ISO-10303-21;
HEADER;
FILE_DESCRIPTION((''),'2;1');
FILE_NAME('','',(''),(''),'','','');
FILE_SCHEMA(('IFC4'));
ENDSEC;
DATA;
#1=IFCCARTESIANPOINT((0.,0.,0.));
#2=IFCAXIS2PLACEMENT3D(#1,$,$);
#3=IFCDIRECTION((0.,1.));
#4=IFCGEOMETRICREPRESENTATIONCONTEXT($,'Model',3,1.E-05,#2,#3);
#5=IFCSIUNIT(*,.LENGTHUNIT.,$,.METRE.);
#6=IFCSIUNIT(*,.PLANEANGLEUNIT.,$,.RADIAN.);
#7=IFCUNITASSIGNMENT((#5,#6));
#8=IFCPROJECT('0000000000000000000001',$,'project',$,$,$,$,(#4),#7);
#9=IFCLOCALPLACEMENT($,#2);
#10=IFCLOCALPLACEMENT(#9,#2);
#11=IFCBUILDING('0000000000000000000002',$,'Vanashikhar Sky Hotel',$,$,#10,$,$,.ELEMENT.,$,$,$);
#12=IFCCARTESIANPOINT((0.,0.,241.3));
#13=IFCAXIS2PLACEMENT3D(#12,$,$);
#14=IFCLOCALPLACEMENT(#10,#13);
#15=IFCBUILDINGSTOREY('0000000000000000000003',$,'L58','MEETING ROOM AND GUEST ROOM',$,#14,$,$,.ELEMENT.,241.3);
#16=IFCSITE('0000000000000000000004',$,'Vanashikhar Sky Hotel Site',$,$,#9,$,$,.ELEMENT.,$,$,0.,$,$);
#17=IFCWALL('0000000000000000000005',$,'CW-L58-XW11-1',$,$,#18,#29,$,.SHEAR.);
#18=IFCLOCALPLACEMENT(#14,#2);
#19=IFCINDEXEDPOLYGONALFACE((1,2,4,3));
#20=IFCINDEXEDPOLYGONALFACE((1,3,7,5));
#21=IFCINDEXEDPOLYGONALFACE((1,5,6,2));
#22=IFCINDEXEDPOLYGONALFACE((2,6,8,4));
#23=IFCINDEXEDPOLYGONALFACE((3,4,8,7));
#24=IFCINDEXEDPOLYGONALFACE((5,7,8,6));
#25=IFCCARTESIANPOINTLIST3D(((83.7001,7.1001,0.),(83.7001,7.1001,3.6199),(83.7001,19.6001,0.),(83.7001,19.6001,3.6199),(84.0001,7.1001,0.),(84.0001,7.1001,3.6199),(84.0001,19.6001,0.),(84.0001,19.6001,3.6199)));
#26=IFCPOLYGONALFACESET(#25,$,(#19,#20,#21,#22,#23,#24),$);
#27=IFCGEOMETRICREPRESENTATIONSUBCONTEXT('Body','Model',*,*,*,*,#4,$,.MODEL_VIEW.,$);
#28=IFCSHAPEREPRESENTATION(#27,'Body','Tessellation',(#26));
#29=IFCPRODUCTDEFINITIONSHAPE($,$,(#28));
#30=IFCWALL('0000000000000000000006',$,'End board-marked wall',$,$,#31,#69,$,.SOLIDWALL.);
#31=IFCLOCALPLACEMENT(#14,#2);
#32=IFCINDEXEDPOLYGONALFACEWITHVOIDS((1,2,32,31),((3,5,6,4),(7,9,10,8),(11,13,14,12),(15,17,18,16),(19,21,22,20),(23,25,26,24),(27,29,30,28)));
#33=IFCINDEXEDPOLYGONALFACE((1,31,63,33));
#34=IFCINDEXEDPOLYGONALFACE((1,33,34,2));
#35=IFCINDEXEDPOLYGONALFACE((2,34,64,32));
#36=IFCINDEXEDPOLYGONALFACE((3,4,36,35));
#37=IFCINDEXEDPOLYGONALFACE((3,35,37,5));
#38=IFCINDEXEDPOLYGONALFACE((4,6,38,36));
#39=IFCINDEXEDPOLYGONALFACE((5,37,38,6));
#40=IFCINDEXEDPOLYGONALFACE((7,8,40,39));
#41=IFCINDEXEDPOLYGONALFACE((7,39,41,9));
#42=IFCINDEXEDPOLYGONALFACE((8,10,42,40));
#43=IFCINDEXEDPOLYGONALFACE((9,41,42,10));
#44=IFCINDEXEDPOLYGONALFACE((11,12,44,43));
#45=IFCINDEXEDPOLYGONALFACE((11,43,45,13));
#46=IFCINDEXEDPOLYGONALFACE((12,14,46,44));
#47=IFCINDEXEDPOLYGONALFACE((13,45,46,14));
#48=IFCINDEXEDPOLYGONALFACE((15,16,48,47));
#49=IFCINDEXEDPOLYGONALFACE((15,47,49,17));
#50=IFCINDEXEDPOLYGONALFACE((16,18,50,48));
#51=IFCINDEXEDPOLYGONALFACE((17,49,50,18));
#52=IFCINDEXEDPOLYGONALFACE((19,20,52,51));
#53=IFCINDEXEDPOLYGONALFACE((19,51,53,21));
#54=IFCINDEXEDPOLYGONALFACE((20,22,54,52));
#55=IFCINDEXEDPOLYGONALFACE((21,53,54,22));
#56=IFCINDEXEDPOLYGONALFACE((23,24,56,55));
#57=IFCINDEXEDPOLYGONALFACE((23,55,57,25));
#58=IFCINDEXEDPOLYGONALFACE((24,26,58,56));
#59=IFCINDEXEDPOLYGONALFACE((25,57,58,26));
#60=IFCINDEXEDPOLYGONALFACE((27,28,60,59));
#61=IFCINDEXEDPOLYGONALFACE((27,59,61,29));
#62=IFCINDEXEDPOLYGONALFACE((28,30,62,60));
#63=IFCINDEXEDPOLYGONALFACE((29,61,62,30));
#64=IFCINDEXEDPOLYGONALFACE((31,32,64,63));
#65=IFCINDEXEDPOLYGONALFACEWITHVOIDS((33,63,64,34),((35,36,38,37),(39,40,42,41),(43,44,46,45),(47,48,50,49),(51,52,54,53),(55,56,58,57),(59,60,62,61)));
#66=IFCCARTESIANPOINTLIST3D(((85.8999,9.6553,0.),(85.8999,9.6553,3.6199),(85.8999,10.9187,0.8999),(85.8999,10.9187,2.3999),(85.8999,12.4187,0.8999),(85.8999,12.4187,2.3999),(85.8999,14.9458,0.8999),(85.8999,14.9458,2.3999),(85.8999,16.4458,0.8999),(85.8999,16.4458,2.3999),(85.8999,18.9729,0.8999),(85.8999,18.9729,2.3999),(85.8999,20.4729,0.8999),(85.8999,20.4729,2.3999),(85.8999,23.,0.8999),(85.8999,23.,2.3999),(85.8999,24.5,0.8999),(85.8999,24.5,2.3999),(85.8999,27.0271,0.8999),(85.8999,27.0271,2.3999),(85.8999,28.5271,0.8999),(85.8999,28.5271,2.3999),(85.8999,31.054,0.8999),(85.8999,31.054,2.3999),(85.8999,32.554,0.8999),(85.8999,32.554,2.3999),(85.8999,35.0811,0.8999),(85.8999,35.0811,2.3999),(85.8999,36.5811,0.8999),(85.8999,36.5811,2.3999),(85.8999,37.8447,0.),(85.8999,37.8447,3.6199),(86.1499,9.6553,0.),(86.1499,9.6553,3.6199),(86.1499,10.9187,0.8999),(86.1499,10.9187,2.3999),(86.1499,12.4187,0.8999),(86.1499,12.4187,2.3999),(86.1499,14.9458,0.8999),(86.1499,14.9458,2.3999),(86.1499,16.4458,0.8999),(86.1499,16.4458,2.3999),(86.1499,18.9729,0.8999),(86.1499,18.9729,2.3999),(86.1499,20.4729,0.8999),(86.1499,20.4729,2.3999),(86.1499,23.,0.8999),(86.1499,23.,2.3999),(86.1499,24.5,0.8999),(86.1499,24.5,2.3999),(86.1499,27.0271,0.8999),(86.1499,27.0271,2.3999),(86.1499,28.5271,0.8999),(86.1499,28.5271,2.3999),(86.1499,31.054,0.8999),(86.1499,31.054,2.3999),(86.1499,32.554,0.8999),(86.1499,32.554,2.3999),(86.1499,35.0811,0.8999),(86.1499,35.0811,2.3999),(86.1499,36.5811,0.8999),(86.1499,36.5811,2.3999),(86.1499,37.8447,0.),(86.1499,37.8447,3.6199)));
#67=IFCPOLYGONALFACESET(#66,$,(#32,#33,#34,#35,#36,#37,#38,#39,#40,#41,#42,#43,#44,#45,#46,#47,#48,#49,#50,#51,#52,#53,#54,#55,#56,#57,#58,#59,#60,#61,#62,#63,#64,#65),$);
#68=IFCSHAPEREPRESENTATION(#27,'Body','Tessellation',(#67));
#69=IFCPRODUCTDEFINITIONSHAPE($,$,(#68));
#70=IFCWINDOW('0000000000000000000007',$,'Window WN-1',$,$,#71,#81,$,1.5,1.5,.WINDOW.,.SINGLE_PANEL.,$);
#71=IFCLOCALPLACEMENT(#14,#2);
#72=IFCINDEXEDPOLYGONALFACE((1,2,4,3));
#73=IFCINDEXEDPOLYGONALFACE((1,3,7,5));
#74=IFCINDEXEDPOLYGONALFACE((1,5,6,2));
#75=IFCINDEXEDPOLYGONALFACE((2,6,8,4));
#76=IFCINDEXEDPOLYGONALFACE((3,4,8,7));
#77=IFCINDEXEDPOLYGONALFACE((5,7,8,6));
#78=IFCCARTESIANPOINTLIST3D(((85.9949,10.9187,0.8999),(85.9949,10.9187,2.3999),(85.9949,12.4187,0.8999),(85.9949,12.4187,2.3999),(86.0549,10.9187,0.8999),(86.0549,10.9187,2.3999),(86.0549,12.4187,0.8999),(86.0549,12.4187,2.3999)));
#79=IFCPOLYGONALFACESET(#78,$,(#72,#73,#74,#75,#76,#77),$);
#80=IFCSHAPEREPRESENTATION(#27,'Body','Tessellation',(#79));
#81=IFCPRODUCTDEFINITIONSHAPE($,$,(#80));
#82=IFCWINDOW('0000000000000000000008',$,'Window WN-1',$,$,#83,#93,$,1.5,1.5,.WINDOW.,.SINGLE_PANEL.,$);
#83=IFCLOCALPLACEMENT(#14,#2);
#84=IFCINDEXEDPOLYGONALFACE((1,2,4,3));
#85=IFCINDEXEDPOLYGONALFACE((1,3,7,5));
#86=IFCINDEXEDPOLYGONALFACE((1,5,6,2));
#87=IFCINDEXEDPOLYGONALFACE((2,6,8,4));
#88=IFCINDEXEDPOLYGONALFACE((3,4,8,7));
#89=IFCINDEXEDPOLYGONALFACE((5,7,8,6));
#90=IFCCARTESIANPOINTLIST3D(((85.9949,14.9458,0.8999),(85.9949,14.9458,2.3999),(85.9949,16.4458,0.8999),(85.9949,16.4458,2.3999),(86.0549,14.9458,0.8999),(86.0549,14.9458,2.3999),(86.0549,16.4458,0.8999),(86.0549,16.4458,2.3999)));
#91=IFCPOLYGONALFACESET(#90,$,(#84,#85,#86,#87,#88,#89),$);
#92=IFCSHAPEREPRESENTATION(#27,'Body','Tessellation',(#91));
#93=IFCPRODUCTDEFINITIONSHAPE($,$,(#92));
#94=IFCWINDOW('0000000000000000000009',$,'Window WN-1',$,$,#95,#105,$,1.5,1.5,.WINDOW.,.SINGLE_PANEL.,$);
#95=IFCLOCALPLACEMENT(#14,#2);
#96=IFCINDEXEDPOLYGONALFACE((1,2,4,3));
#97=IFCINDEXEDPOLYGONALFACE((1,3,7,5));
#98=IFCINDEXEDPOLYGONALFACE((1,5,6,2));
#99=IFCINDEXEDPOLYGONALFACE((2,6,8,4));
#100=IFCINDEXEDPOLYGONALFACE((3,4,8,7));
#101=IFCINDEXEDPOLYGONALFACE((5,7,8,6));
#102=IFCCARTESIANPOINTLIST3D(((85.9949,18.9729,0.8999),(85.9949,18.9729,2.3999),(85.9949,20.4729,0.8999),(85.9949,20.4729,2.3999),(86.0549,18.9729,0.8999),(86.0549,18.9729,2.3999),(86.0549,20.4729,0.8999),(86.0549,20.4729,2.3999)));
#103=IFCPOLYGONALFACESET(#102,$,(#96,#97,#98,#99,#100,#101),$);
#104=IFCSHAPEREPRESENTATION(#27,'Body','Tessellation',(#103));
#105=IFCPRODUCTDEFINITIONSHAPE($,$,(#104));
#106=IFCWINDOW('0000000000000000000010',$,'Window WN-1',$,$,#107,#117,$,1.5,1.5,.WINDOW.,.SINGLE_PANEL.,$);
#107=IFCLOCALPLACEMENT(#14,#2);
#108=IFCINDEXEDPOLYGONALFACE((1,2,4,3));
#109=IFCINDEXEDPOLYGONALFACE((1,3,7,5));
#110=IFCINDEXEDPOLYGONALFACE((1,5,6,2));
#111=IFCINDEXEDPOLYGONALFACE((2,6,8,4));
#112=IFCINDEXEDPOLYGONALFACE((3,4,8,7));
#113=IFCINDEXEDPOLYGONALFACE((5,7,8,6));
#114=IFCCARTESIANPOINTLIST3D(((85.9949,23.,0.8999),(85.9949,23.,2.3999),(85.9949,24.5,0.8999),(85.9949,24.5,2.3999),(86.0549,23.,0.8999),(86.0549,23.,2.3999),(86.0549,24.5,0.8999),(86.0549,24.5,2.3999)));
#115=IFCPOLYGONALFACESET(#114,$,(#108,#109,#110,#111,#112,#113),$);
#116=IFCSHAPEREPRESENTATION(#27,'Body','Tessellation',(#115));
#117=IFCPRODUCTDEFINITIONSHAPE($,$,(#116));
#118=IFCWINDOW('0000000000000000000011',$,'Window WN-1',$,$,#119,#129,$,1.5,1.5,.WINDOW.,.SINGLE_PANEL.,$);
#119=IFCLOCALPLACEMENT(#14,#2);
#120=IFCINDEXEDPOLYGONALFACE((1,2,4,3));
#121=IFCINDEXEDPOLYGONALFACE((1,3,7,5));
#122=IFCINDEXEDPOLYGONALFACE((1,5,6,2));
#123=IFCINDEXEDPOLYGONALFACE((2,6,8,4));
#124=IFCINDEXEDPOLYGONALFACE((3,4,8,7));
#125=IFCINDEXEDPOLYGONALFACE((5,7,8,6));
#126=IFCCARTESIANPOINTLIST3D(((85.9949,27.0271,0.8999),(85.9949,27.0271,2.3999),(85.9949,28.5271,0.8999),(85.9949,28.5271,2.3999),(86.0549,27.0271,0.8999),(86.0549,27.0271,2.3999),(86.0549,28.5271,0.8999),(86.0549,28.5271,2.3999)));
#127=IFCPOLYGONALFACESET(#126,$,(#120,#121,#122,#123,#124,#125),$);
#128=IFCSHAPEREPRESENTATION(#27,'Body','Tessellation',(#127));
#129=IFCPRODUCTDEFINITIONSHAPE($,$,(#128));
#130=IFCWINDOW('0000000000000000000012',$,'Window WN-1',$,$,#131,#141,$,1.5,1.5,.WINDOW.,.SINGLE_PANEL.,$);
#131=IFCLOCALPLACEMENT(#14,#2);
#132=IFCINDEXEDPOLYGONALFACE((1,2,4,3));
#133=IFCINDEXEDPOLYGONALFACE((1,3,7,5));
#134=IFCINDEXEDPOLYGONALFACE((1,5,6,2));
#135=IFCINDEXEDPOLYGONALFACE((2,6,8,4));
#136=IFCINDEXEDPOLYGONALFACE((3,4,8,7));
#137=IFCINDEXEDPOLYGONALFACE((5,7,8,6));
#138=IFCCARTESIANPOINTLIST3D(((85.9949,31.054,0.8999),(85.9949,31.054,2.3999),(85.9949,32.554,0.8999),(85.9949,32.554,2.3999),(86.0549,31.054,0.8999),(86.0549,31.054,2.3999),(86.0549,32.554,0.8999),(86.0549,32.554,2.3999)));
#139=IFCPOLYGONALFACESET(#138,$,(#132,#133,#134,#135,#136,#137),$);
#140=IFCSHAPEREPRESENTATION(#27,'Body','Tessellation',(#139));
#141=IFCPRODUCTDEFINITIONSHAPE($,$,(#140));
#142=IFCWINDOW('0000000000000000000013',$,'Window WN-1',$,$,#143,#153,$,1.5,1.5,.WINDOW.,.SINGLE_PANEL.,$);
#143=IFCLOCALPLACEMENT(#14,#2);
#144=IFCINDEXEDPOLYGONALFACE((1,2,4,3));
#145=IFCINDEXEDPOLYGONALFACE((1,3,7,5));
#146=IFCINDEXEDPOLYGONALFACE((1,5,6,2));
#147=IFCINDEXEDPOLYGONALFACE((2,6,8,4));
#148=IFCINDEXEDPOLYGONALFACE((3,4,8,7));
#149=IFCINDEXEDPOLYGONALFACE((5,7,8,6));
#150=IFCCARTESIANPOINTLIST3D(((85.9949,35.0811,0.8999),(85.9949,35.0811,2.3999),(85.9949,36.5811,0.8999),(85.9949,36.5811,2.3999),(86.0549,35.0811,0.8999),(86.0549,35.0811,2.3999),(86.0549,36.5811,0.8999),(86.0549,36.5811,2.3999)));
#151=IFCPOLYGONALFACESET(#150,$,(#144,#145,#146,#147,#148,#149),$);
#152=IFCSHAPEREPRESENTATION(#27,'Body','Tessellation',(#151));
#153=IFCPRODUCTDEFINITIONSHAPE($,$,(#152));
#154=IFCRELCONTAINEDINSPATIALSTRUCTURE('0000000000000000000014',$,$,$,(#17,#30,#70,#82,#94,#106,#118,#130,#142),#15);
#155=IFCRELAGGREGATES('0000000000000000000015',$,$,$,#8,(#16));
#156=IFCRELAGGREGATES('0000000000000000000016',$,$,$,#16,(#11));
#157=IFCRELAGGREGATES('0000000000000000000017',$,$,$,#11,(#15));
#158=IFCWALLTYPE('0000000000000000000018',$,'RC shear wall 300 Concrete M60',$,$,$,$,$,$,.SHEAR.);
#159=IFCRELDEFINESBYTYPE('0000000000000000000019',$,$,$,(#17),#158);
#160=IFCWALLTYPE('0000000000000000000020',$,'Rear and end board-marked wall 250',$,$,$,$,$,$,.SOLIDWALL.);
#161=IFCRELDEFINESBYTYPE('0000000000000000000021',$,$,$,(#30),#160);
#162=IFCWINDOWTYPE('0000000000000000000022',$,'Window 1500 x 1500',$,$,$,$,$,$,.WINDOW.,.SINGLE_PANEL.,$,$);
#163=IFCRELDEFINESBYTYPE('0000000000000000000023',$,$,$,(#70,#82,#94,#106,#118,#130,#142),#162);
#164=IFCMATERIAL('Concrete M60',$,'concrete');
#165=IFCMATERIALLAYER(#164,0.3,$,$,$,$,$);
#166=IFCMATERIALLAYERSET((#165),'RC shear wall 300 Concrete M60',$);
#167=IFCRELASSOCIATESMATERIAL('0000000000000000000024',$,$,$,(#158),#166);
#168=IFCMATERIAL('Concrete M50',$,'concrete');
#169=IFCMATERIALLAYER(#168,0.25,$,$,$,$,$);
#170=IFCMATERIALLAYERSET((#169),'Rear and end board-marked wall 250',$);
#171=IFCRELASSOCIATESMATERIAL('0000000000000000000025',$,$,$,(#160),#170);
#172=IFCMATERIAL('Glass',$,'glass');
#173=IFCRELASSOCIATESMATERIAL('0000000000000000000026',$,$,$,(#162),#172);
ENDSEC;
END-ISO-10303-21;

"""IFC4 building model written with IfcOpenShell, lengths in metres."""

from ifc_helpers import new_model, si_unit, direction, frame, frame_2d, origin, place, context, subcontext, project, spatial, rectangle, extrude, source, transform, mapped, material, layer, layer_set, type_object, element, fill, save


model = new_model("IFC4")

# Units and contexts
model_context = context("Model", 3, precision=1e-05, world=origin(), true_north=direction((0.0, 1.0)))
body_context = subcontext(model_context, "Body", "Model", "MODEL_VIEW")
ifc_project = project(units=[si_unit("LENGTHUNIT", "METRE"), si_unit("PLANEANGLEUNIT", "RADIAN")], contexts=[model_context])

# Site, building, storey
site_placement = place(None, origin())
site = spatial("IfcSite", under=ifc_project, at=site_placement, Name="Vanashikhar Sky Hotel Site", CompositionType="ELEMENT", RefElevation=0.0)
building_placement = place(site_placement, origin())
building = spatial("IfcBuilding", under=site, at=building_placement, Name="Vanashikhar Sky Hotel", CompositionType="ELEMENT")
storey_placement = place(building_placement, frame((0.0, 0.0, 241.3)))
storey = spatial("IfcBuildingStorey", under=building, at=storey_placement, Name="L58", Description="MEETING ROOM AND GUEST ROOM", CompositionType="ELEMENT", Elevation=241.3)

# Wall
ifc_material_1 = material(Name="Concrete M60", Category="concrete")
ifc_layer_1 = layer(ifc_material_1, 0.3)
ifc_layer_set_1 = layer_set([ifc_layer_1], Name="RC shear wall 300 Concrete M60")
wall_type_1 = type_object("IfcWallType", Name="RC shear wall 300 Concrete M60", PredefinedType="SHEAR", material=ifc_layer_set_1)
shared_shape_1 = source(origin(), body_context, "Body", "SweptSolid", [
    extrude(rectangle(XDim=12.5, YDim=0.3, at=frame_2d((6.25, 0.0))), origin(), (0.0, 0.0, 1.0), 3.6199),
])
wall_1_placement = place(storey_placement, frame((83.8501, 7.1001, 0.0), z_axis=(0.0, 0.0, 1.0), x_axis=(0.0, 1.0, 0.0)))
element("IfcWall", 1, at=wall_1_placement, inside=storey, type_object=wall_type_1, Name="CW-L58-XW11-1", PredefinedType="SHEAR", context=body_context, shape_type="MappedRepresentation", body=[
    mapped(shared_shape_1, transform((0.0, 0.0, 0.0), scale=1.0)),
])

# Wall, openings, windows
ifc_material_2 = material(Name="Concrete M50", Category="concrete")
ifc_layer_2 = layer(ifc_material_2, 0.25)
ifc_layer_set_2 = layer_set([ifc_layer_2], Name="Rear and end board-marked wall 250")
wall_type_2 = type_object("IfcWallType", Name="Rear and end board-marked wall 250", PredefinedType="SOLIDWALL", material=ifc_layer_set_2)
shared_shape_2 = source(origin(), body_context, "Body", "SweptSolid", [
    extrude(rectangle(XDim=28.1895, YDim=0.25, at=frame_2d((14.0947, 0.0))), origin(), (0.0, 0.0, 1.0), 3.6199),
])
wall_2_placement = place(storey_placement, frame((86.0249, 9.6553, 0.0), z_axis=(0.0, 0.0, 1.0), x_axis=(0.0, 1.0, 0.0)))
wall_2 = element("IfcWall", 2, at=wall_2_placement, inside=storey, type_object=wall_type_2, Name="End board-marked wall", PredefinedType="SOLIDWALL", context=body_context, shape_type="MappedRepresentation", body=[
    mapped(shared_shape_2, transform((0.0, 0.0, 0.0), scale=1.0)),
])
shared_shape_3 = source(origin(), body_context, "Body", "SweptSolid", [
    extrude(rectangle(XDim=1.5, YDim=1.5, at=frame_2d((0.75, 0.75))), frame((0.0, 0.135, 0.0), z_axis=(0.0, -1.0, 0.0), x_axis=(1.0, 0.0, 0.0)), (0.0, 0.0, 1.0), 0.27),
])
opening_1_placement = place(wall_2_placement, frame((1.2634, 0.0, 0.8999)))
opening_1 = element("IfcOpeningElement", 3, at=opening_1_placement, cuts=wall_2, PredefinedType="OPENING", context=body_context, shape_type="MappedRepresentation", body=[
    mapped(shared_shape_3, transform((0.0, 0.0, 0.0), scale=1.0)),
])
opening_2_placement = place(wall_2_placement, frame((5.2905, 0.0, 0.8999)))
opening_2 = element("IfcOpeningElement", 4, at=opening_2_placement, cuts=wall_2, PredefinedType="OPENING", context=body_context, shape_type="MappedRepresentation", body=[
    mapped(shared_shape_3, transform((0.0, 0.0, 0.0), scale=1.0)),
])
opening_3_placement = place(wall_2_placement, frame((9.3176, 0.0, 0.8999)))
opening_3 = element("IfcOpeningElement", 5, at=opening_3_placement, cuts=wall_2, PredefinedType="OPENING", context=body_context, shape_type="MappedRepresentation", body=[
    mapped(shared_shape_3, transform((0.0, 0.0, 0.0), scale=1.0)),
])
opening_4_placement = place(wall_2_placement, frame((13.3447, 0.0, 0.8999)))
opening_4 = element("IfcOpeningElement", 6, at=opening_4_placement, cuts=wall_2, PredefinedType="OPENING", context=body_context, shape_type="MappedRepresentation", body=[
    mapped(shared_shape_3, transform((0.0, 0.0, 0.0), scale=1.0)),
])
opening_5_placement = place(wall_2_placement, frame((17.3718, 0.0, 0.8999)))
opening_5 = element("IfcOpeningElement", 7, at=opening_5_placement, cuts=wall_2, PredefinedType="OPENING", context=body_context, shape_type="MappedRepresentation", body=[
    mapped(shared_shape_3, transform((0.0, 0.0, 0.0), scale=1.0)),
])
opening_6_placement = place(wall_2_placement, frame((21.3987, 0.0, 0.8999)))
opening_6 = element("IfcOpeningElement", 8, at=opening_6_placement, cuts=wall_2, PredefinedType="OPENING", context=body_context, shape_type="MappedRepresentation", body=[
    mapped(shared_shape_3, transform((0.0, 0.0, 0.0), scale=1.0)),
])
opening_7_placement = place(wall_2_placement, frame((25.4258, 0.0, 0.8999)))
opening_7 = element("IfcOpeningElement", 9, at=opening_7_placement, cuts=wall_2, PredefinedType="OPENING", context=body_context, shape_type="MappedRepresentation", body=[
    mapped(shared_shape_3, transform((0.0, 0.0, 0.0), scale=1.0)),
])
ifc_material_3 = material(Name="Glass", Category="glass")
window_type = type_object("IfcWindowType", Name="Window 1500 x 1500", PartitioningType="SINGLE_PANEL", PredefinedType="WINDOW", material=ifc_material_3)
shared_shape_4 = source(origin(), body_context, "Body", "SweptSolid", [
    extrude(rectangle(XDim=1.5, YDim=1.5, at=frame_2d((0.75, 0.75))), frame((0.0, 0.03, 0.0), z_axis=(0.0, -1.0, 0.0), x_axis=(1.0, 0.0, 0.0)), (0.0, 0.0, 1.0), 0.0601),
])
window_1_placement = place(opening_1_placement, origin())
window_1 = element("IfcWindow", 10, at=window_1_placement, inside=storey, type_object=window_type, Name="Window WN-1", OverallHeight=1.5, OverallWidth=1.5, PartitioningType="SINGLE_PANEL", PredefinedType="WINDOW", context=body_context, shape_type="MappedRepresentation", body=[
    mapped(shared_shape_4, transform((0.0, 0.0, 0.0), scale=1.0)),
])
fill(opening_1, window_1)
window_2_placement = place(opening_2_placement, origin())
window_2 = element("IfcWindow", 11, at=window_2_placement, inside=storey, type_object=window_type, Name="Window WN-1", OverallHeight=1.5, OverallWidth=1.5, PartitioningType="SINGLE_PANEL", PredefinedType="WINDOW", context=body_context, shape_type="MappedRepresentation", body=[
    mapped(shared_shape_4, transform((0.0, 0.0, 0.0), scale=1.0)),
])
fill(opening_2, window_2)
window_3_placement = place(opening_3_placement, origin())
window_3 = element("IfcWindow", 12, at=window_3_placement, inside=storey, type_object=window_type, Name="Window WN-1", OverallHeight=1.5, OverallWidth=1.5, PartitioningType="SINGLE_PANEL", PredefinedType="WINDOW", context=body_context, shape_type="MappedRepresentation", body=[
    mapped(shared_shape_4, transform((0.0, 0.0, 0.0), scale=1.0)),
])
fill(opening_3, window_3)
window_4_placement = place(opening_4_placement, origin())
window_4 = element("IfcWindow", 13, at=window_4_placement, inside=storey, type_object=window_type, Name="Window WN-1", OverallHeight=1.5, OverallWidth=1.5, PartitioningType="SINGLE_PANEL", PredefinedType="WINDOW", context=body_context, shape_type="MappedRepresentation", body=[
    mapped(shared_shape_4, transform((0.0, 0.0, 0.0), scale=1.0)),
])
fill(opening_4, window_4)
window_5_placement = place(opening_5_placement, origin())
window_5 = element("IfcWindow", 14, at=window_5_placement, inside=storey, type_object=window_type, Name="Window WN-1", OverallHeight=1.5, OverallWidth=1.5, PartitioningType="SINGLE_PANEL", PredefinedType="WINDOW", context=body_context, shape_type="MappedRepresentation", body=[
    mapped(shared_shape_4, transform((0.0, 0.0, 0.0), scale=1.0)),
])
fill(opening_5, window_5)
window_6_placement = place(opening_6_placement, origin())
window_6 = element("IfcWindow", 15, at=window_6_placement, inside=storey, type_object=window_type, Name="Window WN-1", OverallHeight=1.5, OverallWidth=1.5, PartitioningType="SINGLE_PANEL", PredefinedType="WINDOW", context=body_context, shape_type="MappedRepresentation", body=[
    mapped(shared_shape_4, transform((0.0, 0.0, 0.0), scale=1.0)),
])
fill(opening_6, window_6)
window_7_placement = place(opening_7_placement, origin())
window_7 = element("IfcWindow", 16, at=window_7_placement, inside=storey, type_object=window_type, Name="Window WN-1", OverallHeight=1.5, OverallWidth=1.5, PartitioningType="SINGLE_PANEL", PredefinedType="WINDOW", context=body_context, shape_type="MappedRepresentation", body=[
    mapped(shared_shape_4, transform((0.0, 0.0, 0.0), scale=1.0)),
])
fill(opening_7, window_7)

save(model, "model.ifc")
